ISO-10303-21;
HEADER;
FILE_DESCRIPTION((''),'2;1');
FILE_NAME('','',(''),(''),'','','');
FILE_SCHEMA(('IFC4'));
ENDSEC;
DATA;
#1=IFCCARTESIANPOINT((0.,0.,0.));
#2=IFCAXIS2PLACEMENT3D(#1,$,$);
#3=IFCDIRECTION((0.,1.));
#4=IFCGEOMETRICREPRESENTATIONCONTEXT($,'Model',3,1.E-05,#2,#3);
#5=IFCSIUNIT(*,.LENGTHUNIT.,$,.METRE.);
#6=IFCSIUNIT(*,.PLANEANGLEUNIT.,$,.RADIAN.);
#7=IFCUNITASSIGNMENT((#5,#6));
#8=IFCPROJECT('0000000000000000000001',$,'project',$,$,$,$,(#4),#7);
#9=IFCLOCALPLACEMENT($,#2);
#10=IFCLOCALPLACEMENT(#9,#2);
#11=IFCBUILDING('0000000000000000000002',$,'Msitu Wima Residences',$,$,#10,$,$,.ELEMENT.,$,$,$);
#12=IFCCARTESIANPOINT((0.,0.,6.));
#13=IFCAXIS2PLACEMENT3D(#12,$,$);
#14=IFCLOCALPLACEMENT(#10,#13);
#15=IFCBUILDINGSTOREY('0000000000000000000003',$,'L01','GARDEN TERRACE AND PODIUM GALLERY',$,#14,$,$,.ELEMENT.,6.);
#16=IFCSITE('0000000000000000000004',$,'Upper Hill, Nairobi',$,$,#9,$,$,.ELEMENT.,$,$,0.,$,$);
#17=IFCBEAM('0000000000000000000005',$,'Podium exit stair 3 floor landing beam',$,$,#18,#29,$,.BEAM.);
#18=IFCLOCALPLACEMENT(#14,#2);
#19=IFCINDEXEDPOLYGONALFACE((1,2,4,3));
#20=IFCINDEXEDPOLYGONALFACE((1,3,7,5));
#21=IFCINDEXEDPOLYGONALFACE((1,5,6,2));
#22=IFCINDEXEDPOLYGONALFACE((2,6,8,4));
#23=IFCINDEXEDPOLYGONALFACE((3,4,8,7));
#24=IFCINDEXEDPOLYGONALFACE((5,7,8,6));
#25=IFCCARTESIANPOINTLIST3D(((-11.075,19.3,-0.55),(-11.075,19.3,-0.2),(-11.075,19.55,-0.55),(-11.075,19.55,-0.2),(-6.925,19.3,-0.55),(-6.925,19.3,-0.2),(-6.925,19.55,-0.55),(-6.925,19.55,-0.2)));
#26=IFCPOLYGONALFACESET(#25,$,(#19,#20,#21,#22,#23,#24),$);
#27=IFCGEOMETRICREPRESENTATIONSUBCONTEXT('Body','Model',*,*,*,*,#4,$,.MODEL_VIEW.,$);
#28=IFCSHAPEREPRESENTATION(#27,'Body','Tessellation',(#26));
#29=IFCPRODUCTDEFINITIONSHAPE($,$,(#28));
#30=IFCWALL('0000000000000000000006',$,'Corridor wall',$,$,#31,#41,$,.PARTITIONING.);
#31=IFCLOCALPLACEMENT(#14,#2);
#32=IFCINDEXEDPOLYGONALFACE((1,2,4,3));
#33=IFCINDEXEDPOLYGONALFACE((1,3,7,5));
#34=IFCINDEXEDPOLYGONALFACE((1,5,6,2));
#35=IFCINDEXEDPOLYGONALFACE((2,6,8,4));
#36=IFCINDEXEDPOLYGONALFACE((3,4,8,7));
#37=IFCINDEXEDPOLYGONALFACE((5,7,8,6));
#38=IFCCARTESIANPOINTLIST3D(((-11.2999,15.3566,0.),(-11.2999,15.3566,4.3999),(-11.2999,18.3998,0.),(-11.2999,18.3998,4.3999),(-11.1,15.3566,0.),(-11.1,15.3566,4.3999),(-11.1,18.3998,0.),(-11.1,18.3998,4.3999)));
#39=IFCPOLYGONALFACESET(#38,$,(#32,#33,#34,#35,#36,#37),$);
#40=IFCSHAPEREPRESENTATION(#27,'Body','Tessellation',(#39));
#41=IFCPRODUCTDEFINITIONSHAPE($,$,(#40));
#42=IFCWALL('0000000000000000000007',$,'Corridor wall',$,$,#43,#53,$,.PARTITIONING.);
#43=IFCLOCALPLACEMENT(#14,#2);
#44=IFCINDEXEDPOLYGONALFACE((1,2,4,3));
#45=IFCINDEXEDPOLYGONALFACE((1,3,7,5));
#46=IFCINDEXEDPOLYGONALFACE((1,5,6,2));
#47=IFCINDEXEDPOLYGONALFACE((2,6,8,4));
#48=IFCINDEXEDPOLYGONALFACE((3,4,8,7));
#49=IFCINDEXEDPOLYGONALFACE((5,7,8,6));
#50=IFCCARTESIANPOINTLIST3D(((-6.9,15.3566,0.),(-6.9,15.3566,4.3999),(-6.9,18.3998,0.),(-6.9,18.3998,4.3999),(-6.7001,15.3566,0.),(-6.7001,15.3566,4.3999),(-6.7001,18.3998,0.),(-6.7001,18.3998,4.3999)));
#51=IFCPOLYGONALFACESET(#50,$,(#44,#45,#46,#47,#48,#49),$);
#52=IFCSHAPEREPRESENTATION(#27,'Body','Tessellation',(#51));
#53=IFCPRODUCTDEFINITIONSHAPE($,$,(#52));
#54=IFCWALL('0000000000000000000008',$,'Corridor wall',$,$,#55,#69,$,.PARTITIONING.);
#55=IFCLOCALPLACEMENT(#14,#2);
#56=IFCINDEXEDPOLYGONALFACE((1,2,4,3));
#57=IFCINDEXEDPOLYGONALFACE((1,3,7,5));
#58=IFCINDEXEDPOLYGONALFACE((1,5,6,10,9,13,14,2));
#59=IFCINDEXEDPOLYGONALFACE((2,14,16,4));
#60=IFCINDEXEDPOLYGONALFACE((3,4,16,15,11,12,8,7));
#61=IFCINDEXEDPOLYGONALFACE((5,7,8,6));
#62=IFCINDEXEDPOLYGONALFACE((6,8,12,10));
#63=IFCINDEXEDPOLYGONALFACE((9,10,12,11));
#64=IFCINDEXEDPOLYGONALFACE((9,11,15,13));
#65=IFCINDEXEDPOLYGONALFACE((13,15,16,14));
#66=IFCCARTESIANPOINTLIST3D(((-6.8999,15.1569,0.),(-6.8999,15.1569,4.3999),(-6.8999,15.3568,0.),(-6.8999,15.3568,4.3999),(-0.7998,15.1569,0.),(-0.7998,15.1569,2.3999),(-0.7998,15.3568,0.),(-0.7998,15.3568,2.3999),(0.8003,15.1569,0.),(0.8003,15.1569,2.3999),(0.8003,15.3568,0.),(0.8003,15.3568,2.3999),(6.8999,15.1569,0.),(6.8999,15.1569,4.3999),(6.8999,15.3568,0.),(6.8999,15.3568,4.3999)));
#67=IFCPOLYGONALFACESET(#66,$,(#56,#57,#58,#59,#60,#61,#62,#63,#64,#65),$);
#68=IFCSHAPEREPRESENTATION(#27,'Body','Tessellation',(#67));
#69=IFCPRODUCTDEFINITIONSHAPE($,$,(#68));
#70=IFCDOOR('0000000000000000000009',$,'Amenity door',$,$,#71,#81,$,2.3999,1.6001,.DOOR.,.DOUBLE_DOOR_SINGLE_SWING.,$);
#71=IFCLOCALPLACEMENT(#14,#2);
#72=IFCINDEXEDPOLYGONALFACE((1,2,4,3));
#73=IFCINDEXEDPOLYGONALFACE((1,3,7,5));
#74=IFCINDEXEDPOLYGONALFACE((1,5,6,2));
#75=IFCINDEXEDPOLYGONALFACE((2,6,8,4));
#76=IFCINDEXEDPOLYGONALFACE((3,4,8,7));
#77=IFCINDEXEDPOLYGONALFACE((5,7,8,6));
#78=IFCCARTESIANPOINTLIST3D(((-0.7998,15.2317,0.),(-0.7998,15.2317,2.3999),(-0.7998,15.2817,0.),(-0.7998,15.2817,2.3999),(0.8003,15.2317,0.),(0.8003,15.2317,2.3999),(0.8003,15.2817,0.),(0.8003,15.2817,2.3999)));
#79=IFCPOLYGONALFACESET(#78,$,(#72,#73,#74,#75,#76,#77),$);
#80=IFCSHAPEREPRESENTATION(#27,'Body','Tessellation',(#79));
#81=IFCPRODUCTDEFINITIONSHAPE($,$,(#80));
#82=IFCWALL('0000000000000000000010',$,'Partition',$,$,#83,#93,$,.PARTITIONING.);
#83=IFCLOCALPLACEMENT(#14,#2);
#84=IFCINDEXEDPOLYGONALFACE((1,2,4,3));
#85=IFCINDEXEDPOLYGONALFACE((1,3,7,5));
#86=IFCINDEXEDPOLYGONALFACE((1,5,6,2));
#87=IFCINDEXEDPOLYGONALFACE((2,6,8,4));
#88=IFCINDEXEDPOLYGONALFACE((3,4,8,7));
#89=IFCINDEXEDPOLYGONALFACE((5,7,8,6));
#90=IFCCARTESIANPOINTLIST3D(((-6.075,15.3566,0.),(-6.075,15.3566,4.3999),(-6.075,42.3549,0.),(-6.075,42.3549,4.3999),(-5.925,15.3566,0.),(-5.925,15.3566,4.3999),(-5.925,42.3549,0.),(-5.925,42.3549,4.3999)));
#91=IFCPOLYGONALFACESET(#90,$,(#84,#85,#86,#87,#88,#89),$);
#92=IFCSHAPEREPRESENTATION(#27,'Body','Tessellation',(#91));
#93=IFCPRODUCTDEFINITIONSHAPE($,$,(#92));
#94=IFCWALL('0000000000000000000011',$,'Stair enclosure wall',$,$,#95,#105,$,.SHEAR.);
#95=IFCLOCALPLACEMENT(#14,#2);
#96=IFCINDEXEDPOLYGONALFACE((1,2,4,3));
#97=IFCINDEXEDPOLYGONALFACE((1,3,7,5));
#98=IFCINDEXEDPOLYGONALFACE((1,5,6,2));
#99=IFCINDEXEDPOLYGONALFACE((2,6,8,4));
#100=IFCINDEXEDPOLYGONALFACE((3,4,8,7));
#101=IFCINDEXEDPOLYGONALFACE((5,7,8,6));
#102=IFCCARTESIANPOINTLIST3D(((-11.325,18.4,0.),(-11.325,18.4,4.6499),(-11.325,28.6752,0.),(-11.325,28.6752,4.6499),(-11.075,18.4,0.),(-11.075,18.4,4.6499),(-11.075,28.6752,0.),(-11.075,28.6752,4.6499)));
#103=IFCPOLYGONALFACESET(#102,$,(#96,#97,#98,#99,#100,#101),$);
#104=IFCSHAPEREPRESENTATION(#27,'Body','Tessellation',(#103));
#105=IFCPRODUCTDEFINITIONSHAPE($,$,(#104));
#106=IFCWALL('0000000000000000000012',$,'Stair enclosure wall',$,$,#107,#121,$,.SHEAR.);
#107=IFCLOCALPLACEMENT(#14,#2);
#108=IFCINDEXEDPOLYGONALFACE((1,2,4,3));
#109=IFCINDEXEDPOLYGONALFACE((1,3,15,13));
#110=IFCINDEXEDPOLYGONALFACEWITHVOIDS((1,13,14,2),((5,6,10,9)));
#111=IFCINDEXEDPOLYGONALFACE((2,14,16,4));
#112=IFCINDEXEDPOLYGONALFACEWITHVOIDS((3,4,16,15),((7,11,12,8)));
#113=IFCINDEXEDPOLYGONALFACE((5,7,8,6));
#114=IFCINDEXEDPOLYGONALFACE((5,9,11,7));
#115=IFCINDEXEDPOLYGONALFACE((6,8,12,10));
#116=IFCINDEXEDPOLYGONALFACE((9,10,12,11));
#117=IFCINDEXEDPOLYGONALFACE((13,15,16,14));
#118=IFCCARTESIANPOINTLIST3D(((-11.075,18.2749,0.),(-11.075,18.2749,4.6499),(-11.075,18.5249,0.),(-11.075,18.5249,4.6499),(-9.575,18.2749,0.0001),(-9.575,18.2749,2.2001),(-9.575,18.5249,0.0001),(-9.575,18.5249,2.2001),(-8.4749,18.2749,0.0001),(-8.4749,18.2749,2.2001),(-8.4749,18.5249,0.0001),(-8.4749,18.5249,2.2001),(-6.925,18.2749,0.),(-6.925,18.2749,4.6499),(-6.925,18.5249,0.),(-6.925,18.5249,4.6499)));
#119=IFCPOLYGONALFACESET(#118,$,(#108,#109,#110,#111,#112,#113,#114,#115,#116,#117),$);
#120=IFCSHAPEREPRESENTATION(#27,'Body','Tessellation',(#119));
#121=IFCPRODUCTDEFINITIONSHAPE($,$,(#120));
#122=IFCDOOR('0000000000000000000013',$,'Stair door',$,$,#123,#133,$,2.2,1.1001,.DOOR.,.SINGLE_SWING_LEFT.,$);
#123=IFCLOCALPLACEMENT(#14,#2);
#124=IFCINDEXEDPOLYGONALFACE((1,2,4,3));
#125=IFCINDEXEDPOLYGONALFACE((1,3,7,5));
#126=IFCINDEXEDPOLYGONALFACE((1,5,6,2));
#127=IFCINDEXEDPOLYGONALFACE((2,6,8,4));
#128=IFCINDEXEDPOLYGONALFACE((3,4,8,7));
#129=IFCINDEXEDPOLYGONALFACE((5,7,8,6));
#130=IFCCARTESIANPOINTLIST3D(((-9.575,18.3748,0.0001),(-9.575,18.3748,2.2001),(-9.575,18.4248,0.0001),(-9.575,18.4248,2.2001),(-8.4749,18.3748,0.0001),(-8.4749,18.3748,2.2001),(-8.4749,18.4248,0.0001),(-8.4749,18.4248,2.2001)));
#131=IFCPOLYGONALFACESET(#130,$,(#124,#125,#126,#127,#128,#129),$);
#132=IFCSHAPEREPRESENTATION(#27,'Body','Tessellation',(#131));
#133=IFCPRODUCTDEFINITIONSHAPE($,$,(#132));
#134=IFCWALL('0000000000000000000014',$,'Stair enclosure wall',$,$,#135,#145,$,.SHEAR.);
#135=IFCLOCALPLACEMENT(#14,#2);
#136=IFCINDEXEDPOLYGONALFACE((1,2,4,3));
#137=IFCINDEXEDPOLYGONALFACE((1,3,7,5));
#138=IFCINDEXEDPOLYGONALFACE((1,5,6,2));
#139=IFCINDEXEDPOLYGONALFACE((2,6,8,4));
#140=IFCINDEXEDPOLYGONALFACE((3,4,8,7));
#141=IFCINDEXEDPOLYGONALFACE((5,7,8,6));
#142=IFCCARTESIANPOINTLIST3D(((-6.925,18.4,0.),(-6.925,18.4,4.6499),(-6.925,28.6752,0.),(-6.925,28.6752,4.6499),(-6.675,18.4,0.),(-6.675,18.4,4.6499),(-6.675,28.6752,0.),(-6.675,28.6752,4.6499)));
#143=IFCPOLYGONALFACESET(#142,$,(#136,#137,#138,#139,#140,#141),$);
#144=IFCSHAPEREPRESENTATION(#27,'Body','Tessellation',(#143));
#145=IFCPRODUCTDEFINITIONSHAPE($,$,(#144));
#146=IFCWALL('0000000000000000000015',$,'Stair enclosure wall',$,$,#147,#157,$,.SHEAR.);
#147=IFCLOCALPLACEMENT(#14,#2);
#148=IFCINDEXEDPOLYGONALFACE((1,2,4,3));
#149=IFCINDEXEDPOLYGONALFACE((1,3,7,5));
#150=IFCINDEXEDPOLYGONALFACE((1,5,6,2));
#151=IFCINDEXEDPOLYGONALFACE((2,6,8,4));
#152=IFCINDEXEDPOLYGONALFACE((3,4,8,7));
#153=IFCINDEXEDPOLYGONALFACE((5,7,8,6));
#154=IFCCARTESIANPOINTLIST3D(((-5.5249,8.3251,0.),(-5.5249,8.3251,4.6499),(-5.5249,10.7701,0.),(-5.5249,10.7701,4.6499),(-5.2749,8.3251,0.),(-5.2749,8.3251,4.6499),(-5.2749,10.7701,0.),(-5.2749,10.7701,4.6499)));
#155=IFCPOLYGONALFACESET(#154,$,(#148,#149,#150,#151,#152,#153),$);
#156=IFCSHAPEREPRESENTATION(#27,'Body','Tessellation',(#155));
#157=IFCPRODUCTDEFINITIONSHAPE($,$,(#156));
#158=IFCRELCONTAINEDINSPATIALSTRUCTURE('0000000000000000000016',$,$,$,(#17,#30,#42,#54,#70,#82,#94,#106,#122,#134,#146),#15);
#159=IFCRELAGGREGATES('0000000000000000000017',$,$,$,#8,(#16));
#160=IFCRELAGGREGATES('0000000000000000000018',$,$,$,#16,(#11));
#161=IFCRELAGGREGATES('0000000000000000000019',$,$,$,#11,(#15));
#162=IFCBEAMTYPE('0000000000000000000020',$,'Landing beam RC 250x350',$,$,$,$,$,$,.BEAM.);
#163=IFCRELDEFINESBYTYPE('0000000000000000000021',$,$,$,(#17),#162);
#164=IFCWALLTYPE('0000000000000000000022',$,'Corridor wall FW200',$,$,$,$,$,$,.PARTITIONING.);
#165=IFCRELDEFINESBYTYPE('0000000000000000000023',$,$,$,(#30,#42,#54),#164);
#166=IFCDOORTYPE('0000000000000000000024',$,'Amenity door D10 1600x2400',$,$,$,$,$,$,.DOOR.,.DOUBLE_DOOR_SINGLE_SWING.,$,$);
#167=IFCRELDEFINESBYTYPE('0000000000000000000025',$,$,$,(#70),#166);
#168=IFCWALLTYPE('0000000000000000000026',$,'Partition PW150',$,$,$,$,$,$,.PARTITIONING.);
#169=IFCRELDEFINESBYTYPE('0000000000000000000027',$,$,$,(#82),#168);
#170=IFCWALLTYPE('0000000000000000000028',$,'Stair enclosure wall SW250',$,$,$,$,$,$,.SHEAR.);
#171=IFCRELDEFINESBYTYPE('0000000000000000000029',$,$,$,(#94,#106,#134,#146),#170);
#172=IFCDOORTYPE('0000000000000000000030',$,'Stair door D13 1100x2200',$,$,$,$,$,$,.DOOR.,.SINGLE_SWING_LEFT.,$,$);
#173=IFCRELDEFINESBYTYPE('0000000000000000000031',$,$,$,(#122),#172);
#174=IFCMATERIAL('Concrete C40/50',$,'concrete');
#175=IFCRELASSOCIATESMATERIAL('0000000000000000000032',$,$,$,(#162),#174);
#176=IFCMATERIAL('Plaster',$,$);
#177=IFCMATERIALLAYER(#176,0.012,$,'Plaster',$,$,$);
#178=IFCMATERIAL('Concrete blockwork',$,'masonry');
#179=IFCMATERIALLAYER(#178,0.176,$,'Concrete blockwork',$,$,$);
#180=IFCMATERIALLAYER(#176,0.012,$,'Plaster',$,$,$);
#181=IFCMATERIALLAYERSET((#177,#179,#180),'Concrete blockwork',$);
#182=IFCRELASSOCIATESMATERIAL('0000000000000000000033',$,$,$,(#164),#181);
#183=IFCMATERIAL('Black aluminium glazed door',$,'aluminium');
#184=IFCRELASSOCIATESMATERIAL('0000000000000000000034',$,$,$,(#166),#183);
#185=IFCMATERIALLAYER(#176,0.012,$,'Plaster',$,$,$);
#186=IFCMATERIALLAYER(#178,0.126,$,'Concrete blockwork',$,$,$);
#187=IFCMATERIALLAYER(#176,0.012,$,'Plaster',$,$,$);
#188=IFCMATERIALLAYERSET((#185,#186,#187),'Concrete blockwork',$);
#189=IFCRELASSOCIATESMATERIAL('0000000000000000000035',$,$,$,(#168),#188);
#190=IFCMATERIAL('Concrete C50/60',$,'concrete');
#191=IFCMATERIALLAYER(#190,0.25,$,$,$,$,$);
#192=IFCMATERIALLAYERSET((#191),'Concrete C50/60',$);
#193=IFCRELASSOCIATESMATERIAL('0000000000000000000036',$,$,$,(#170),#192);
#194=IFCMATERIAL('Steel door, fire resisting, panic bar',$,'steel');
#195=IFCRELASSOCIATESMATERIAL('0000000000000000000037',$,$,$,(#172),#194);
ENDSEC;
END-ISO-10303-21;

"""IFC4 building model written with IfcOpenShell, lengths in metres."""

from ifc_helpers import new_model, si_unit, direction, frame, frame_2d, origin, origin_2d, place, context, subcontext, project, spatial, rectangle, extrude, material, layer, layer_set, material_profile, profile_set, type_object, element, fill, save


model = new_model("IFC4")

# Units and contexts
model_context = context("Model", 3, precision=1e-05, world=origin(), true_north=direction((0.0, 1.0)))
body_context = subcontext(model_context, "Body", "Model", "MODEL_VIEW")
ifc_project = project(units=[si_unit("LENGTHUNIT", "METRE"), si_unit("PLANEANGLEUNIT", "RADIAN")], contexts=[model_context])

# Site, building, storey
site_placement = place(None, origin())
site = spatial("IfcSite", under=ifc_project, at=site_placement, Name="Upper Hill, Nairobi", CompositionType="ELEMENT", RefElevation=0.0)
building_placement = place(site_placement, origin())
building = spatial("IfcBuilding", under=site, at=building_placement, Name="Msitu Wima Residences", CompositionType="ELEMENT")
storey_placement = place(building_placement, frame((0.0, 0.0, 6.0)))
storey = spatial("IfcBuildingStorey", under=building, at=storey_placement, Name="L01", Description="GARDEN TERRACE AND PODIUM GALLERY", CompositionType="ELEMENT", Elevation=6.0)

# Beam
ifc_material_1 = material(Name="Concrete C40/50", Category="concrete")
ifc_material_profile = material_profile(ifc_material_1, rectangle(XDim=0.25, YDim=0.3501, at=origin_2d()), Name="RC 250x350")
ifc_profile_set = profile_set([ifc_material_profile], Name="Concrete C40/50")
beam_type = type_object("IfcBeamType", Name="Landing beam RC 250x350", PredefinedType="BEAM", material=ifc_profile_set)
beam_placement = place(storey_placement, frame((-6.925, 19.425, -0.375), z_axis=(-1.0, 0.0, 0.0), x_axis=(0.0, -1.0, 0.0)))
element("IfcBeam", 1, at=beam_placement, inside=storey, type_object=beam_type, Name="Podium exit stair 3 floor landing beam", PredefinedType="BEAM", context=body_context, shape_type="SweptSolid", body=[
    extrude(rectangle(XDim=0.25, YDim=0.3501, at=origin_2d()), origin(), (0.0, 0.0, 1.0), 4.1499),
])

# Walls
ifc_material_2 = material(Name="Plaster")
ifc_layer_1 = layer(ifc_material_2, 0.012, Name="Plaster")
ifc_material_3 = material(Name="Concrete blockwork", Category="masonry")
ifc_layer_2 = layer(ifc_material_3, 0.176, Name="Concrete blockwork")
ifc_layer_3 = layer(ifc_material_2, 0.012, Name="Plaster")
ifc_layer_set_1 = layer_set([ifc_layer_1, ifc_layer_2, ifc_layer_3], Name="Concrete blockwork")
wall_type_1 = type_object("IfcWallType", Name="Corridor wall FW200", PredefinedType="PARTITIONING", material=ifc_layer_set_1)
for number, where, z_axis, x_axis, name in (
    (2, (-11.2, 15.3567, 0.0), (0.0, 0.0, 1.0), (0.0, 1.0, 0.0), "Corridor wall"),
    (3, (-6.8, 15.3567, 0.0), (0.0, 0.0, 1.0), (0.0, 1.0, 0.0), "Corridor wall"),
):
    element("IfcWall", number, at=place(storey_placement, frame(where, z_axis=z_axis, x_axis=x_axis)), inside=storey, type_object=wall_type_1, Name=name, PredefinedType="PARTITIONING", context=body_context, shape_type="SweptSolid", body=[
        extrude(rectangle(XDim=3.0432, YDim=0.2, at=frame_2d((1.5215, 0.0))), origin(), (0.0, 0.0, 1.0), 4.3999),
    ])

# Wall, opening, door
wall_1_placement = place(storey_placement, frame((-6.8999, 15.2568, 0.0), z_axis=(0.0, 0.0, 1.0), x_axis=(1.0, 0.0, 0.0)))
wall_1 = element("IfcWall", 4, at=wall_1_placement, inside=storey, type_object=wall_type_1, Name="Corridor wall", PredefinedType="PARTITIONING", context=body_context, shape_type="SweptSolid", body=[
    extrude(rectangle(XDim=13.7998, YDim=0.2, at=frame_2d((6.8999, 0.0))), origin(), (0.0, 0.0, 1.0), 4.3999),
])
opening_1_placement = place(wall_1_placement, frame((6.1001, 0.0, 0.0)))
opening_1 = element("IfcOpeningElement", 5, at=opening_1_placement, cuts=wall_1, PredefinedType="OPENING", context=body_context, shape_type="SweptSolid", body=[
    extrude(rectangle(XDim=1.6001, YDim=2.3999, at=frame_2d((0.8, 1.2))), frame((0.0, 0.1099, 0.0), z_axis=(0.0, -1.0, 0.0), x_axis=(1.0, 0.0, 0.0)), (0.0, 0.0, 1.0), 0.22),
])
ifc_material_4 = material(Name="Black aluminium glazed door", Category="aluminium")
door_type_1 = type_object("IfcDoorType", Name="Amenity door D10 1600x2400", OperationType="DOUBLE_DOOR_SINGLE_SWING", PredefinedType="DOOR", material=ifc_material_4)
door_1_placement = place(opening_1_placement, origin())
door_1 = element("IfcDoor", 6, at=door_1_placement, inside=storey, type_object=door_type_1, Name="Amenity door", OperationType="DOUBLE_DOOR_SINGLE_SWING", OverallHeight=2.3999, OverallWidth=1.6001, PredefinedType="DOOR", context=body_context, shape_type="SweptSolid", body=[
    extrude(rectangle(XDim=1.6001, YDim=2.3999, at=frame_2d((0.8, 1.2))), frame((0.0, 0.0249, 0.0), z_axis=(0.0, -1.0, 0.0), x_axis=(1.0, 0.0, 0.0)), (0.0, 0.0, 1.0), 0.05),
])
fill(opening_1, door_1)

# Walls
ifc_layer_4 = layer(ifc_material_2, 0.012, Name="Plaster")
ifc_layer_5 = layer(ifc_material_3, 0.126, Name="Concrete blockwork")
ifc_layer_6 = layer(ifc_material_2, 0.012, Name="Plaster")
ifc_layer_set_2 = layer_set([ifc_layer_4, ifc_layer_5, ifc_layer_6], Name="Concrete blockwork")
wall_type_2 = type_object("IfcWallType", Name="Partition PW150", PredefinedType="PARTITIONING", material=ifc_layer_set_2)
wall_2_placement = place(storey_placement, frame((-6.0, 15.3567, 0.0), z_axis=(0.0, 0.0, 1.0), x_axis=(0.0, 1.0, 0.0)))
element("IfcWall", 7, at=wall_2_placement, inside=storey, type_object=wall_type_2, Name="Partition", PredefinedType="PARTITIONING", context=body_context, shape_type="SweptSolid", body=[
    extrude(rectangle(XDim=26.9983, YDim=0.1499, at=frame_2d((13.499, 0.0))), origin(), (0.0, 0.0, 1.0), 4.3999),
])
ifc_material_5 = material(Name="Concrete C50/60", Category="concrete")
ifc_layer_7 = layer(ifc_material_5, 0.25)
ifc_layer_set_3 = layer_set([ifc_layer_7], Name="Concrete C50/60")
wall_type_3 = type_object("IfcWallType", Name="Stair enclosure wall SW250", PredefinedType="SHEAR", material=ifc_layer_set_3)
wall_3_placement = place(storey_placement, frame((-11.2, 18.3999, 0.0), z_axis=(0.0, 0.0, 1.0), x_axis=(0.0, 1.0, 0.0)))
element("IfcWall", 8, at=wall_3_placement, inside=storey, type_object=wall_type_3, Name="Stair enclosure wall", PredefinedType="SHEAR", context=body_context, shape_type="SweptSolid", body=[
    extrude(rectangle(XDim=10.2751, YDim=0.25, at=frame_2d((5.1377, 0.0))), origin(), (0.0, 0.0, 1.0), 4.6499),
])

# Wall, opening, door
wall_4_placement = place(storey_placement, frame((-11.075, 18.3999, 0.0), z_axis=(0.0, 0.0, 1.0), x_axis=(1.0, 0.0, 0.0)))
wall_4 = element("IfcWall", 9, at=wall_4_placement, inside=storey, type_object=wall_type_3, Name="Stair enclosure wall", PredefinedType="SHEAR", context=body_context, shape_type="SweptSolid", body=[
    extrude(rectangle(XDim=4.1499, YDim=0.25, at=frame_2d((2.075, 0.0))), origin(), (0.0, 0.0, 1.0), 4.6499),
])
opening_2_placement = place(wall_4_placement, frame((1.5, 0.0, 0.0)))
opening_2 = element("IfcOpeningElement", 10, at=opening_2_placement, cuts=wall_4, PredefinedType="OPENING", context=body_context, shape_type="SweptSolid", body=[
    extrude(rectangle(XDim=1.1001, YDim=2.2, at=frame_2d((0.55, 1.1001))), frame((0.0, 0.135, 0.0), z_axis=(0.0, -1.0, 0.0), x_axis=(1.0, 0.0, 0.0)), (0.0, 0.0, 1.0), 0.27),
])
ifc_material_6 = material(Name="Steel door, fire resisting, panic bar", Category="steel")
door_type_2 = type_object("IfcDoorType", Name="Stair door D13 1100x2200", OperationType="SINGLE_SWING_LEFT", PredefinedType="DOOR", material=ifc_material_6)
door_2_placement = place(opening_2_placement, origin())
door_2 = element("IfcDoor", 11, at=door_2_placement, inside=storey, type_object=door_type_2, Name="Stair door", OperationType="SINGLE_SWING_LEFT", OverallHeight=2.2, OverallWidth=1.1001, PredefinedType="DOOR", context=body_context, shape_type="SweptSolid", body=[
    extrude(rectangle(XDim=1.1001, YDim=2.2, at=frame_2d((0.55, 1.1001))), frame((0.0, 0.0249, 0.0), z_axis=(0.0, -1.0, 0.0), x_axis=(1.0, 0.0, 0.0)), (0.0, 0.0, 1.0), 0.05),
])
fill(opening_2, door_2)

# Walls
wall_5_placement = place(storey_placement, frame((-6.8, 18.3999, 0.0), z_axis=(0.0, 0.0, 1.0), x_axis=(0.0, 1.0, 0.0)))
element("IfcWall", 12, at=wall_5_placement, inside=storey, type_object=wall_type_3, Name="Stair enclosure wall", PredefinedType="SHEAR", context=body_context, shape_type="SweptSolid", body=[
    extrude(rectangle(XDim=10.2751, YDim=0.25, at=frame_2d((5.1377, 0.0))), origin(), (0.0, 0.0, 1.0), 4.6499),
])
wall_6_placement = place(storey_placement, frame((-5.3999, 8.325, 0.0), z_axis=(0.0, 0.0, 1.0), x_axis=(0.0, 1.0, 0.0)))
element("IfcWall", 13, at=wall_6_placement, inside=storey, type_object=wall_type_3, Name="Stair enclosure wall", PredefinedType="SHEAR", context=body_context, shape_type="SweptSolid", body=[
    extrude(rectangle(XDim=2.4451, YDim=0.25, at=frame_2d((1.2227, 0.0))), origin(), (0.0, 0.0, 1.0), 4.6499),
])

save(model, "model.ifc")
